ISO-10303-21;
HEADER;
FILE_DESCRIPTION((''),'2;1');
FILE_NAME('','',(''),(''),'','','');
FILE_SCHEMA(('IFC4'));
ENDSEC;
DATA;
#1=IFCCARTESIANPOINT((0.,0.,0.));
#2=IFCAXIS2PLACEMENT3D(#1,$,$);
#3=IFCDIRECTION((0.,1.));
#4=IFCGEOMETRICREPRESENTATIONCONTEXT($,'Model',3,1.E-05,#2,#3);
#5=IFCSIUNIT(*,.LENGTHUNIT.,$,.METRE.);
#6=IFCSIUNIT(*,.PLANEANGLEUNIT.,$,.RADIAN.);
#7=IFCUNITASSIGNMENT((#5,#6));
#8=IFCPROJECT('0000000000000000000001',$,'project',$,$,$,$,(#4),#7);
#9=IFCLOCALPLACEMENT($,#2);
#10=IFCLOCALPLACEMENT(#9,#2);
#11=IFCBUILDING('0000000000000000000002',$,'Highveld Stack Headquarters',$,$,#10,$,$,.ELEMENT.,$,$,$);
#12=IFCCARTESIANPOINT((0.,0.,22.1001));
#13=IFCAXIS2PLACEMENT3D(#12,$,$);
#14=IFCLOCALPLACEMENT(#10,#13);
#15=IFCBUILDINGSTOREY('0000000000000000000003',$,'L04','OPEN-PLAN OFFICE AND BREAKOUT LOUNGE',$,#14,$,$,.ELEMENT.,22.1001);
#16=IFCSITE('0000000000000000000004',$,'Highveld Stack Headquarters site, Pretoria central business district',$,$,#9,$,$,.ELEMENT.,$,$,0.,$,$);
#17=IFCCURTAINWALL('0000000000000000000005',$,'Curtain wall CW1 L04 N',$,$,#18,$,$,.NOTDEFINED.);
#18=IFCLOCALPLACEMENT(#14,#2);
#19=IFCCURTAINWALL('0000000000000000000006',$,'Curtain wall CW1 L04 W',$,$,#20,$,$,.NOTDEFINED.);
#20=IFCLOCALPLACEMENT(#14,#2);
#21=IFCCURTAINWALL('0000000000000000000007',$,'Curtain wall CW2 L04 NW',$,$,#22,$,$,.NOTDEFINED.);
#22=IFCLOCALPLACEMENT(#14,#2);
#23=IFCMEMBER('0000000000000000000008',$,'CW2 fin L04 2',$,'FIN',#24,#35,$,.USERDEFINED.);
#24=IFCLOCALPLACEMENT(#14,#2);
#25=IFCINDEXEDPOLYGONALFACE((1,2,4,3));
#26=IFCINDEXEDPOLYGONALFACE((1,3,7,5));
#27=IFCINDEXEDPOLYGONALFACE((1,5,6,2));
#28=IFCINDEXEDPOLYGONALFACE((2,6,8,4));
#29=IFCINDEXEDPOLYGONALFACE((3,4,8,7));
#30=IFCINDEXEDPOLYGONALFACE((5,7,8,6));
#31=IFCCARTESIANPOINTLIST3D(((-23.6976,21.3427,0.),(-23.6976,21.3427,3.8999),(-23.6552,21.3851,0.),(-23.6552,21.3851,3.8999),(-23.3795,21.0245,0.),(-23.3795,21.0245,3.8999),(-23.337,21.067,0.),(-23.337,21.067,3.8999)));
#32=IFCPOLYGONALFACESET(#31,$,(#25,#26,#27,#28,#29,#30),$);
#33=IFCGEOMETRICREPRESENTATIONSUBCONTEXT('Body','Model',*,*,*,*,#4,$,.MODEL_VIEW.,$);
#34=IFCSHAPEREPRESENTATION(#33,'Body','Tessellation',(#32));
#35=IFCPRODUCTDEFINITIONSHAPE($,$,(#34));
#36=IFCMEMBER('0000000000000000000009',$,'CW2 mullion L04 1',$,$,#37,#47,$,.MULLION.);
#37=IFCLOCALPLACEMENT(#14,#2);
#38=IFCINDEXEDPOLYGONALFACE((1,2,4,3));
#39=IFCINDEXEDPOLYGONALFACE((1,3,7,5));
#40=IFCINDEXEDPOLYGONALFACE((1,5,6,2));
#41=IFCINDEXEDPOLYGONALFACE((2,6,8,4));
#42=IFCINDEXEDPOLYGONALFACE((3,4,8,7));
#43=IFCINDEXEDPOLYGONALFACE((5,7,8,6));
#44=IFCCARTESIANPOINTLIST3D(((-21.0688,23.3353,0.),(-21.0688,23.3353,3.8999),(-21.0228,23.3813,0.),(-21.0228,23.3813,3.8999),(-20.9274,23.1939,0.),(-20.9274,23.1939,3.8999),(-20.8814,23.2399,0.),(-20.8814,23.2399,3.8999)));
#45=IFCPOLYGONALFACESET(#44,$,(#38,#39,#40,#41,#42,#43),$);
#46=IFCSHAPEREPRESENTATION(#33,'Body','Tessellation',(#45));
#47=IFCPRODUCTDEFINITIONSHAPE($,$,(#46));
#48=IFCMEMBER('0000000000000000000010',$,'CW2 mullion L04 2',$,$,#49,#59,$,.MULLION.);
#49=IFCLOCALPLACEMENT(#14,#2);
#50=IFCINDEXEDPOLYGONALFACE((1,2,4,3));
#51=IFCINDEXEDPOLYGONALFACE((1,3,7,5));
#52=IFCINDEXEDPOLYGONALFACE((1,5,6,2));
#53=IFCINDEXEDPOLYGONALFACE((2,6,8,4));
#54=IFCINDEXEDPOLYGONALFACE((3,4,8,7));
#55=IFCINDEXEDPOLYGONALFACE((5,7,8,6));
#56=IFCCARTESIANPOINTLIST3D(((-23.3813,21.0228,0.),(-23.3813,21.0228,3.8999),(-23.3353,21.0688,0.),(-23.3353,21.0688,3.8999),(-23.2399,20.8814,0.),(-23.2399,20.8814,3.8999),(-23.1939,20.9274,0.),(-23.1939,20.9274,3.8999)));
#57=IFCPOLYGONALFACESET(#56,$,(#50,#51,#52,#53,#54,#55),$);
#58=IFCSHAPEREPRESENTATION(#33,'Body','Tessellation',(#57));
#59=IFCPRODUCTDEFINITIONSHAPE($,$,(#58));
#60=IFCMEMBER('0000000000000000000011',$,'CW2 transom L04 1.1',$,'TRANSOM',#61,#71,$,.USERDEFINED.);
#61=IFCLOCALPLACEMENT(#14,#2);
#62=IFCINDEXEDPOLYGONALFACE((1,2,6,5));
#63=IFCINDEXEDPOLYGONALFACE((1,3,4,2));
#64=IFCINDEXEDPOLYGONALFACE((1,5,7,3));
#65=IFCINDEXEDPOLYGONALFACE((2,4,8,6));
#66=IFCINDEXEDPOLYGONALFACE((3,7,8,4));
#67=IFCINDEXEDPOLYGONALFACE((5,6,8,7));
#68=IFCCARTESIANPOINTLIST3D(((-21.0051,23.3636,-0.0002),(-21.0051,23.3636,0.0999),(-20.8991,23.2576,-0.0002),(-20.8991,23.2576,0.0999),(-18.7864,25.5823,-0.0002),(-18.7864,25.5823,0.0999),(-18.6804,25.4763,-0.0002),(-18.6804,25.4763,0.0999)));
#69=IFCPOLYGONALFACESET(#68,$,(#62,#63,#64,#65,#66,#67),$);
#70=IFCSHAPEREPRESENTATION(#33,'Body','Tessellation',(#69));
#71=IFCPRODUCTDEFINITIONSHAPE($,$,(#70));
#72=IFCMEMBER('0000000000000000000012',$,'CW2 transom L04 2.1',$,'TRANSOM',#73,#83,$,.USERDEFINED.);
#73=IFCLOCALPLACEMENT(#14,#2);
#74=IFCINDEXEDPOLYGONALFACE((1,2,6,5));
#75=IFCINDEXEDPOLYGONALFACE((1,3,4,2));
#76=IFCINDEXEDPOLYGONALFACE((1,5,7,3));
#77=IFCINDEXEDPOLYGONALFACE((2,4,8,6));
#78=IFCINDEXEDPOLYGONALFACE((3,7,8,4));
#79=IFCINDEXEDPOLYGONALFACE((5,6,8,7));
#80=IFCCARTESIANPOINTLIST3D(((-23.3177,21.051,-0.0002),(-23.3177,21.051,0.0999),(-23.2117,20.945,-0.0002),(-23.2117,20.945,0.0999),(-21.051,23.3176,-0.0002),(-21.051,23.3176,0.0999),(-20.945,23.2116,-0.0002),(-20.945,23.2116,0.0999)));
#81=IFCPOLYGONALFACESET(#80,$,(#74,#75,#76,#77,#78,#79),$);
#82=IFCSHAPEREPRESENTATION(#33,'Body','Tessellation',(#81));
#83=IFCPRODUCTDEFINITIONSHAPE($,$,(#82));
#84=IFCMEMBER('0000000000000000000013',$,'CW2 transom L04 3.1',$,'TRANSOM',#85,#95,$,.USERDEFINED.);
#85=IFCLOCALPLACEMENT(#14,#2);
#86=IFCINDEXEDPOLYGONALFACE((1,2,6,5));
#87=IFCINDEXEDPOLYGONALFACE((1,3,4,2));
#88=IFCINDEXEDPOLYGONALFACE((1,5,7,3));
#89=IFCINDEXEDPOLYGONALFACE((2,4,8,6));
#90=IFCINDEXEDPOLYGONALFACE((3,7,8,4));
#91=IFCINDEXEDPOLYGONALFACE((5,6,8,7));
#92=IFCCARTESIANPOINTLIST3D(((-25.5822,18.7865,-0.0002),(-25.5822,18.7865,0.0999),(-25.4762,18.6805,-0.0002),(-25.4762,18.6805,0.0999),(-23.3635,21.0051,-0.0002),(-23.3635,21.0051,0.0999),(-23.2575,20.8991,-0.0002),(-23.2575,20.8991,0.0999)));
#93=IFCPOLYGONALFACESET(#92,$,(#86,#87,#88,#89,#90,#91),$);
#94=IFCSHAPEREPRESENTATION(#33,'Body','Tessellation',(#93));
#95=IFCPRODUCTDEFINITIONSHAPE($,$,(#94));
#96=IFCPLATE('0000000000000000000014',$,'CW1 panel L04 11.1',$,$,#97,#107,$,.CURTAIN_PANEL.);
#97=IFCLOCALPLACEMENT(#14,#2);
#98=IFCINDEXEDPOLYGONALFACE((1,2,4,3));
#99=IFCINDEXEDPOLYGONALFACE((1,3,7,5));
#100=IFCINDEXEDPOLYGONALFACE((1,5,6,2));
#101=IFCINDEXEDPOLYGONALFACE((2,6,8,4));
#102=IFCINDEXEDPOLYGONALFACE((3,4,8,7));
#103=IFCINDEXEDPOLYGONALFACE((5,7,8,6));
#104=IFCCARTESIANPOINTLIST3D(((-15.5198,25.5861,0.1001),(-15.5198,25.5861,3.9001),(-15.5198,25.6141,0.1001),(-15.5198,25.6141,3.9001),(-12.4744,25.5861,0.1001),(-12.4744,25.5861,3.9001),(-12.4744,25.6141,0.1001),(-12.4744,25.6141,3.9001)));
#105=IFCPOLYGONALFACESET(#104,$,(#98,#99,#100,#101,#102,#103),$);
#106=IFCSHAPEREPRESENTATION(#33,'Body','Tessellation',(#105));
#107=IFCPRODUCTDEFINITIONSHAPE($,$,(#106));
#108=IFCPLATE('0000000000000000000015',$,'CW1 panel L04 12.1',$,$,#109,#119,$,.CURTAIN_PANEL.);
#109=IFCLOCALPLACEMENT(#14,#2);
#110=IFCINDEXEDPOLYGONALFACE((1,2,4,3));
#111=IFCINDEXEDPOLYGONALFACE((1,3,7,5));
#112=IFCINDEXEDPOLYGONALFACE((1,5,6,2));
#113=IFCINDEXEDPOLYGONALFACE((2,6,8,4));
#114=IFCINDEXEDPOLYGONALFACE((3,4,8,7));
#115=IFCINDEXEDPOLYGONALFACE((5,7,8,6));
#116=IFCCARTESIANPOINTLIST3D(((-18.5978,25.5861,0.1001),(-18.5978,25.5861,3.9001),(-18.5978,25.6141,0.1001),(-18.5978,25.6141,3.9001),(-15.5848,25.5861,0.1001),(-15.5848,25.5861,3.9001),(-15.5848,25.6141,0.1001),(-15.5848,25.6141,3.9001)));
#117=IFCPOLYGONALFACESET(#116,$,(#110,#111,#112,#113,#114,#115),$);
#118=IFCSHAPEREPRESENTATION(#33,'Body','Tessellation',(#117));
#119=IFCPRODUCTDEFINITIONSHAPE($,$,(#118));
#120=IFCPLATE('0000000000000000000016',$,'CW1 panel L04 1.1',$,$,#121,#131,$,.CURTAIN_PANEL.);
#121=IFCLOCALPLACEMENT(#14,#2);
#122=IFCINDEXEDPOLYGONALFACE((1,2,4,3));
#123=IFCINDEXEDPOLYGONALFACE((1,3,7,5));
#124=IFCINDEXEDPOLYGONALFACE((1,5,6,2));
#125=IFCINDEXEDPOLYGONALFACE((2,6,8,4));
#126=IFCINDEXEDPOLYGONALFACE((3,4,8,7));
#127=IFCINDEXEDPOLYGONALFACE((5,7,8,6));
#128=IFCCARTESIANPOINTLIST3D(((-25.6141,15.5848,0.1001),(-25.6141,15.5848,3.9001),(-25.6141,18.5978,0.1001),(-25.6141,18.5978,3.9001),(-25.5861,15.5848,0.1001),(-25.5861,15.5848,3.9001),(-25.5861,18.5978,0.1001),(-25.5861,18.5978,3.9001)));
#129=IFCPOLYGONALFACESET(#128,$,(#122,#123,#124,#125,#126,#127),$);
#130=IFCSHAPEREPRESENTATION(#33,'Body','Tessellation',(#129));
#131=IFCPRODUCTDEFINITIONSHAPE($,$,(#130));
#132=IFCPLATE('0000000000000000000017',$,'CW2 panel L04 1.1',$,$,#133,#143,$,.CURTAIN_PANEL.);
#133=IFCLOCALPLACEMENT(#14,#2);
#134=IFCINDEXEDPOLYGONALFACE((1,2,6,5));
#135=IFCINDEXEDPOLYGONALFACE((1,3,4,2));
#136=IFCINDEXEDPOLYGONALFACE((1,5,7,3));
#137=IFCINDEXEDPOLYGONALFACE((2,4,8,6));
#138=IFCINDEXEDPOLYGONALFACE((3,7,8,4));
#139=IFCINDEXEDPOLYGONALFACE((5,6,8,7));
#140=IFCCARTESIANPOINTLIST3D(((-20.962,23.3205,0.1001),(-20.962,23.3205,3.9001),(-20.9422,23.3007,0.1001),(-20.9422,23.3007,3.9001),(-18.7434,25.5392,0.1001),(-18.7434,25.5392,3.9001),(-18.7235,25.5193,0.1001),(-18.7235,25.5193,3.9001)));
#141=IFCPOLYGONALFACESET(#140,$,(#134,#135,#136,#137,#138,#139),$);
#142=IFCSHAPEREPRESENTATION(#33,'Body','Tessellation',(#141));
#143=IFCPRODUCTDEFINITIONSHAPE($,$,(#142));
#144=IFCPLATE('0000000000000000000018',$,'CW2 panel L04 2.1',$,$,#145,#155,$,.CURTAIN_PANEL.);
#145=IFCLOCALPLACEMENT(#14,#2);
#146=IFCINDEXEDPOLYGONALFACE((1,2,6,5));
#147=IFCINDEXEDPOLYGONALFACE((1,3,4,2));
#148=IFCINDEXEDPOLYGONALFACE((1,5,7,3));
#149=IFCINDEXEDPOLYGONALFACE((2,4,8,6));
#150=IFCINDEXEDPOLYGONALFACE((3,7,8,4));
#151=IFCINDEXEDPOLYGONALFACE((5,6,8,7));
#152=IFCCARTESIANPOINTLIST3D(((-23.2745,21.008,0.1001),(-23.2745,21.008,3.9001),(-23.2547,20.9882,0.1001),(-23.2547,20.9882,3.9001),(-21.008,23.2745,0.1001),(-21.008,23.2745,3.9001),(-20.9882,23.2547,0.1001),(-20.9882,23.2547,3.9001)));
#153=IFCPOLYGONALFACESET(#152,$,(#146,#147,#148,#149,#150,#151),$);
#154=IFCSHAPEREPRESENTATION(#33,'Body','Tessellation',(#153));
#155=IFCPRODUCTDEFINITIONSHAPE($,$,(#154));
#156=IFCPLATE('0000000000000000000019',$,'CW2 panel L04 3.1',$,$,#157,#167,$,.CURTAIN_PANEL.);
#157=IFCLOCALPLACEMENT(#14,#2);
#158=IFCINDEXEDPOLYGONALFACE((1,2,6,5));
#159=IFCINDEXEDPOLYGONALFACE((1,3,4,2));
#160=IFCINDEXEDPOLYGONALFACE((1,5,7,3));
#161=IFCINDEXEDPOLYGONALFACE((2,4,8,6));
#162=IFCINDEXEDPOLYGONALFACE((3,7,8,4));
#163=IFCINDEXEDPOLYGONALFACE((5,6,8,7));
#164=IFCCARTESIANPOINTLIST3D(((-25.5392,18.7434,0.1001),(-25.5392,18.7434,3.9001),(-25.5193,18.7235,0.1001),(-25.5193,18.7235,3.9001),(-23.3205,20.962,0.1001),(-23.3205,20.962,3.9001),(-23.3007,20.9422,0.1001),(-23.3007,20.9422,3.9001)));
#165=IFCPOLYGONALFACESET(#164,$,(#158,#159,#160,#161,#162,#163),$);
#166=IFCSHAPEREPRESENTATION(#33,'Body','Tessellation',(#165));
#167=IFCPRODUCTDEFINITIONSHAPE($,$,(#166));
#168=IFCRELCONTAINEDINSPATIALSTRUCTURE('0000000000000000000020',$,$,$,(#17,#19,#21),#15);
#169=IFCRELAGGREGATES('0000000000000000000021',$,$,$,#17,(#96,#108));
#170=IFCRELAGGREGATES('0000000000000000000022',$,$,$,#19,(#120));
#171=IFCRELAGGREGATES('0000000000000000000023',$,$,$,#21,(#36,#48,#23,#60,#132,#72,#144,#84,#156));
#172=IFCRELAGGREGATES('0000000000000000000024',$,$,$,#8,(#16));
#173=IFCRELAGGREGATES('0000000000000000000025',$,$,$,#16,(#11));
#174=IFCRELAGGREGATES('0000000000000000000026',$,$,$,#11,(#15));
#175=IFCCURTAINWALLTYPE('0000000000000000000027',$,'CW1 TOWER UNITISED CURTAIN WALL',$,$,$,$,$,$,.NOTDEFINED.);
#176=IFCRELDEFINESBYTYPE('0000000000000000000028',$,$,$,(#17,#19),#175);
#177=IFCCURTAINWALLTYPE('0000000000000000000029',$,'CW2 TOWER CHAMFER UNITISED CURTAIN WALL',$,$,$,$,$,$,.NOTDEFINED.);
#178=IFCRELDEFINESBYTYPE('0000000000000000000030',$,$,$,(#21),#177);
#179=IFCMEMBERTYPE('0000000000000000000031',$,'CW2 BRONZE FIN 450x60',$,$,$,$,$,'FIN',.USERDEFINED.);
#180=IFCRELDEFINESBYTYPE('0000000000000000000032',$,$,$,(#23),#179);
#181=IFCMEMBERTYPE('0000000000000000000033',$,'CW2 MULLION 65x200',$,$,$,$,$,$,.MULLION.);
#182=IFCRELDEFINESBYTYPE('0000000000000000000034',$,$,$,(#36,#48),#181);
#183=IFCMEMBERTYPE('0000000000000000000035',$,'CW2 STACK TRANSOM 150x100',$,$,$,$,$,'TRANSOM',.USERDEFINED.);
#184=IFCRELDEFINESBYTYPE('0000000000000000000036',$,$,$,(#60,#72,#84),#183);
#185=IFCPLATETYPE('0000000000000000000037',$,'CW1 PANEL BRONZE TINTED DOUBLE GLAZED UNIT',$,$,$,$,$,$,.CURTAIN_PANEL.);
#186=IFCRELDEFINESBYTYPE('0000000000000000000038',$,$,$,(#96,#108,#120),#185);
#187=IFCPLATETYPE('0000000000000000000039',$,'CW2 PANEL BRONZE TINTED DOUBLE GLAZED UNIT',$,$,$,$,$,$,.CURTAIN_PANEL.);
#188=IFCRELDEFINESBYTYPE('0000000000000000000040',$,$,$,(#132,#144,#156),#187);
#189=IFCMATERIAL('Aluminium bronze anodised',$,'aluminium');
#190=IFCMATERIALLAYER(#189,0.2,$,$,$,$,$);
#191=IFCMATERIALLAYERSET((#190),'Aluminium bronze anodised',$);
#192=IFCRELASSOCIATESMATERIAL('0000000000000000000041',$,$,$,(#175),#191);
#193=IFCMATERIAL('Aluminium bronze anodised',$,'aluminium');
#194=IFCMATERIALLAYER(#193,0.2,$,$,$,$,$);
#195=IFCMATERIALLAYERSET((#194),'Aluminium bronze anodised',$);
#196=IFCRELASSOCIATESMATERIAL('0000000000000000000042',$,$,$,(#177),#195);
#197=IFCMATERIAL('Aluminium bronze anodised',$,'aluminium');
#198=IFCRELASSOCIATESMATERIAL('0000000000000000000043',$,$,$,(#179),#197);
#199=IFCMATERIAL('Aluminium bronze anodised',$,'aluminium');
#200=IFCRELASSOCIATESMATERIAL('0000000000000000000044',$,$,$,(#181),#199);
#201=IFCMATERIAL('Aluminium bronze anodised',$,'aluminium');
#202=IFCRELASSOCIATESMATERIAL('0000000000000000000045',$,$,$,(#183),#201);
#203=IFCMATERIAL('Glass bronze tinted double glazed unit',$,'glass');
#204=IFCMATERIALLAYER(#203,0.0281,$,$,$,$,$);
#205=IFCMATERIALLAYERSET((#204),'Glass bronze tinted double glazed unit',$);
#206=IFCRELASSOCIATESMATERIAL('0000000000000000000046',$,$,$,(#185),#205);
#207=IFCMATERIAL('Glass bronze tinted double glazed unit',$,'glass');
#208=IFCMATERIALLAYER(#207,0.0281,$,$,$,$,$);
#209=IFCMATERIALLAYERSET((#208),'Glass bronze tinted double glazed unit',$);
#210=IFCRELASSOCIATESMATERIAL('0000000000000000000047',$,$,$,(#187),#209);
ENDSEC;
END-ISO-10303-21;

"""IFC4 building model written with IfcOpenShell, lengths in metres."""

from ifc_helpers import new_model, si_unit, direction, frame, origin, origin_2d, place, context, subcontext, project, spatial, rectangle, extrude, material, layer, layer_set, material_profile, profile_set, type_object, element, aggregate, save


model = new_model("IFC4")

# Units and contexts
model_context = context("Model", 3, precision=1e-05, world=origin(), true_north=direction((0.0, 1.0)))
body_context = subcontext(model_context, "Body", "Model", "MODEL_VIEW")
ifc_project = project(units=[si_unit("LENGTHUNIT", "METRE"), si_unit("PLANEANGLEUNIT", "RADIAN")], contexts=[model_context])

# Site, building, storey
site_placement = place(None, origin())
site = spatial("IfcSite", under=ifc_project, at=site_placement, Name="Highveld Stack Headquarters site, Pretoria central business district", CompositionType="ELEMENT", RefElevation=0.0)
building_placement = place(site_placement, origin())
building = spatial("IfcBuilding", under=site, at=building_placement, Name="Highveld Stack Headquarters", CompositionType="ELEMENT")
storey_placement = place(building_placement, frame((0.0, 0.0, 22.1001)))
storey = spatial("IfcBuildingStorey", under=building, at=storey_placement, Name="L04", Description="OPEN-PLAN OFFICE AND BREAKOUT LOUNGE", CompositionType="ELEMENT", Elevation=22.1001)

# Curtain wall
ifc_material_1 = material(Name="Aluminium bronze anodised", Category="aluminium")
ifc_layer_1 = layer(ifc_material_1, 0.2)
ifc_layer_set_1 = layer_set([ifc_layer_1], Name="Aluminium bronze anodised")
curtain_wall_type_1 = type_object("IfcCurtainWallType", Name="CW1 TOWER UNITISED CURTAIN WALL", PredefinedType="NOTDEFINED", material=ifc_layer_set_1)
curtain_wall_1_placement = place(storey_placement, origin())
curtain_wall_1 = element("IfcCurtainWall", 1, at=curtain_wall_1_placement, inside=storey, type_object=curtain_wall_type_1, Name="Curtain wall CW1 L04 N", PredefinedType="NOTDEFINED")

# Curtain wall
curtain_wall_2_placement = place(storey_placement, origin())
curtain_wall_2 = element("IfcCurtainWall", 2, at=curtain_wall_2_placement, inside=storey, type_object=curtain_wall_type_1, Name="Curtain wall CW1 L04 W", PredefinedType="NOTDEFINED")

# Curtain wall, members
ifc_material_2 = material(Name="Aluminium bronze anodised", Category="aluminium")
ifc_layer_2 = layer(ifc_material_2, 0.2)
ifc_layer_set_2 = layer_set([ifc_layer_2], Name="Aluminium bronze anodised")
curtain_wall_type_2 = type_object("IfcCurtainWallType", Name="CW2 TOWER CHAMFER UNITISED CURTAIN WALL", PredefinedType="NOTDEFINED", material=ifc_layer_set_2)
curtain_wall_3_placement = place(storey_placement, origin())
curtain_wall_3 = element("IfcCurtainWall", 3, at=curtain_wall_3_placement, inside=storey, type_object=curtain_wall_type_2, Name="Curtain wall CW2 L04 NW", PredefinedType="NOTDEFINED")
ifc_material_3 = material(Name="Aluminium bronze anodised", Category="aluminium")
ifc_material_profile_1 = material_profile(ifc_material_3, rectangle(XDim=0.45, YDim=0.0601, at=origin_2d()), Name="FIN 450x60")
ifc_profile_set_1 = profile_set([ifc_material_profile_1], Name="Aluminium bronze anodised")
member_type_1 = type_object("IfcMemberType", Name="CW2 BRONZE FIN 450x60", ElementType="FIN", PredefinedType="USERDEFINED", material=ifc_profile_set_1)
member_1_placement = place(storey_placement, frame((-23.5173, 21.2048, 0.0), z_axis=(0.0, 0.0, 1.0), x_axis=(0.707107, -0.707107, 0.0)))
member_1 = element("IfcMember", 4, at=member_1_placement, type_object=member_type_1, Name="CW2 fin L04 2", ObjectType="FIN", PredefinedType="USERDEFINED", context=body_context, shape_type="SweptSolid", body=[
    extrude(rectangle(XDim=0.45, YDim=0.0601, at=origin_2d()), origin(), (0.0, 0.0, 1.0), 3.8999),
])
ifc_material_4 = material(Name="Aluminium bronze anodised", Category="aluminium")
ifc_material_profile_2 = material_profile(ifc_material_4, rectangle(XDim=0.2, YDim=0.0649, at=origin_2d()), Name="CW2 MULLION 65x200")
ifc_profile_set_2 = profile_set([ifc_material_profile_2], Name="Aluminium bronze anodised")
member_type_2 = type_object("IfcMemberType", Name="CW2 MULLION 65x200", PredefinedType="MULLION", material=ifc_profile_set_2)
member_2_placement = place(storey_placement, frame((-20.9751, 23.2876, 0.0), z_axis=(0.0, 0.0, 1.0), x_axis=(0.707107, -0.707107, 0.0)))
member_2 = element("IfcMember", 5, at=member_2_placement, type_object=member_type_2, Name="CW2 mullion L04 1", PredefinedType="MULLION", context=body_context, shape_type="SweptSolid", body=[
    extrude(rectangle(XDim=0.2, YDim=0.0649, at=origin_2d()), origin(), (0.0, 0.0, 1.0), 3.8999),
])
member_3_placement = place(storey_placement, frame((-23.2876, 20.9751, 0.0), z_axis=(0.0, 0.0, 1.0), x_axis=(0.707107, -0.707107, 0.0)))
member_3 = element("IfcMember", 6, at=member_3_placement, type_object=member_type_2, Name="CW2 mullion L04 2", PredefinedType="MULLION", context=body_context, shape_type="SweptSolid", body=[
    extrude(rectangle(XDim=0.2, YDim=0.0649, at=origin_2d()), origin(), (0.0, 0.0, 1.0), 3.8999),
])
ifc_material_5 = material(Name="Aluminium bronze anodised", Category="aluminium")
ifc_material_profile_3 = material_profile(ifc_material_5, rectangle(XDim=0.1499, YDim=0.1001, at=origin_2d()), Name="CW2 TRANSOM 150x100")
ifc_profile_set_3 = profile_set([ifc_material_profile_3], Name="Aluminium bronze anodised")
member_type_3 = type_object("IfcMemberType", Name="CW2 STACK TRANSOM 150x100", ElementType="TRANSOM", PredefinedType="USERDEFINED", material=ifc_profile_set_3)
member_4_placement = place(storey_placement, frame((-18.7334, 25.5293, 0.0498), z_axis=(-0.707107, -0.707107, 0.0), x_axis=(0.707107, -0.707107, 0.0)))
member_4 = element("IfcMember", 7, at=member_4_placement, type_object=member_type_3, Name="CW2 transom L04 1.1", ObjectType="TRANSOM", PredefinedType="USERDEFINED", context=body_context, shape_type="SweptSolid", body=[
    extrude(rectangle(XDim=0.1499, YDim=0.1001, at=origin_2d()), origin(), (0.0, 0.0, 1.0), 3.1377),
])
member_5_placement = place(storey_placement, frame((-20.998, 23.2646, 0.0498), z_axis=(-0.707107, -0.707107, 0.0), x_axis=(0.707107, -0.707107, 0.0)))
member_5 = element("IfcMember", 8, at=member_5_placement, type_object=member_type_3, Name="CW2 transom L04 2.1", ObjectType="TRANSOM", PredefinedType="USERDEFINED", context=body_context, shape_type="SweptSolid", body=[
    extrude(rectangle(XDim=0.1499, YDim=0.1001, at=origin_2d()), origin(), (0.0, 0.0, 1.0), 3.2056),
])
member_6_placement = place(storey_placement, frame((-23.3105, 20.9521, 0.0498), z_axis=(-0.707107, -0.707107, 0.0), x_axis=(0.707107, -0.707107, 0.0)))
member_6 = element("IfcMember", 9, at=member_6_placement, type_object=member_type_3, Name="CW2 transom L04 3.1", ObjectType="TRANSOM", PredefinedType="USERDEFINED", context=body_context, shape_type="SweptSolid", body=[
    extrude(rectangle(XDim=0.1499, YDim=0.1001, at=origin_2d()), origin(), (0.0, 0.0, 1.0), 3.1377),
])

# Plates
ifc_material_6 = material(Name="Glass bronze tinted double glazed unit", Category="glass")
ifc_layer_3 = layer(ifc_material_6, 0.0281)
ifc_layer_set_3 = layer_set([ifc_layer_3], Name="Glass bronze tinted double glazed unit")
plate_type_1 = type_object("IfcPlateType", Name="CW1 PANEL BRONZE TINTED DOUBLE GLAZED UNIT", PredefinedType="CURTAIN_PANEL", material=ifc_layer_set_3)
plate_1_placement = place(storey_placement, frame((-13.9971, 25.6001, 0.1001), z_axis=(0.0, 0.0, 1.0), x_axis=(-1.0, 0.0, 0.0)))
plate_1 = element("IfcPlate", 10, at=plate_1_placement, type_object=plate_type_1, Name="CW1 panel L04 11.1", PredefinedType="CURTAIN_PANEL", context=body_context, shape_type="SweptSolid", body=[
    extrude(rectangle(XDim=3.0454, YDim=0.0281, at=origin_2d()), origin(), (0.0, 0.0, 1.0), 3.8),
])
plate_2_placement = place(storey_placement, frame((-17.0913, 25.6001, 0.1001), z_axis=(0.0, 0.0, 1.0), x_axis=(-1.0, 0.0, 0.0)))
plate_2 = element("IfcPlate", 11, at=plate_2_placement, type_object=plate_type_1, Name="CW1 panel L04 12.1", PredefinedType="CURTAIN_PANEL", context=body_context, shape_type="SweptSolid", body=[
    extrude(rectangle(XDim=3.0129, YDim=0.0281, at=origin_2d()), origin(), (0.0, 0.0, 1.0), 3.8),
])
aggregate(curtain_wall_1, [plate_1, plate_2])
plate_3_placement = place(storey_placement, frame((-25.6001, 17.0913, 0.1001), z_axis=(0.0, 0.0, 1.0), x_axis=(0.0, -1.0, 0.0)))
plate_3 = element("IfcPlate", 12, at=plate_3_placement, type_object=plate_type_1, Name="CW1 panel L04 1.1", PredefinedType="CURTAIN_PANEL", context=body_context, shape_type="SweptSolid", body=[
    extrude(rectangle(XDim=3.0129, YDim=0.0281, at=origin_2d()), origin(), (0.0, 0.0, 1.0), 3.8),
])
aggregate(curtain_wall_2, [plate_3])
ifc_material_7 = material(Name="Glass bronze tinted double glazed unit", Category="glass")
ifc_layer_4 = layer(ifc_material_7, 0.0281)
ifc_layer_set_4 = layer_set([ifc_layer_4], Name="Glass bronze tinted double glazed unit")
plate_type_2 = type_object("IfcPlateType", Name="CW2 PANEL BRONZE TINTED DOUBLE GLAZED UNIT", PredefinedType="CURTAIN_PANEL", material=ifc_layer_set_4)
plate_4_placement = place(storey_placement, frame((-19.8428, 24.4199, 0.1001), z_axis=(0.0, 0.0, 1.0), x_axis=(-0.707107, -0.707107, 0.0)))
plate_4 = element("IfcPlate", 13, at=plate_4_placement, type_object=plate_type_2, Name="CW2 panel L04 1.1", PredefinedType="CURTAIN_PANEL", context=body_context, shape_type="SweptSolid", body=[
    extrude(rectangle(XDim=3.1377, YDim=0.0281, at=origin_2d()), origin(), (0.0, 0.0, 1.0), 3.8),
])
plate_5_placement = place(storey_placement, frame((-22.1313, 22.1313, 0.1001), z_axis=(0.0, 0.0, 1.0), x_axis=(-0.707107, -0.707107, 0.0)))
plate_5 = element("IfcPlate", 14, at=plate_5_placement, type_object=plate_type_2, Name="CW2 panel L04 2.1", PredefinedType="CURTAIN_PANEL", context=body_context, shape_type="SweptSolid", body=[
    extrude(rectangle(XDim=3.2053, YDim=0.0281, at=origin_2d()), origin(), (0.0, 0.0, 1.0), 3.8),
])
plate_6_placement = place(storey_placement, frame((-24.4199, 19.8428, 0.1001), z_axis=(0.0, 0.0, 1.0), x_axis=(-0.707107, -0.707107, 0.0)))
plate_6 = element("IfcPlate", 15, at=plate_6_placement, type_object=plate_type_2, Name="CW2 panel L04 3.1", PredefinedType="CURTAIN_PANEL", context=body_context, shape_type="SweptSolid", body=[
    extrude(rectangle(XDim=3.1377, YDim=0.0281, at=origin_2d()), origin(), (0.0, 0.0, 1.0), 3.8),
])
aggregate(curtain_wall_3, [member_2, member_3, member_1, member_4, plate_4, member_5, plate_5, member_6, plate_6])

save(model, "model.ifc")
